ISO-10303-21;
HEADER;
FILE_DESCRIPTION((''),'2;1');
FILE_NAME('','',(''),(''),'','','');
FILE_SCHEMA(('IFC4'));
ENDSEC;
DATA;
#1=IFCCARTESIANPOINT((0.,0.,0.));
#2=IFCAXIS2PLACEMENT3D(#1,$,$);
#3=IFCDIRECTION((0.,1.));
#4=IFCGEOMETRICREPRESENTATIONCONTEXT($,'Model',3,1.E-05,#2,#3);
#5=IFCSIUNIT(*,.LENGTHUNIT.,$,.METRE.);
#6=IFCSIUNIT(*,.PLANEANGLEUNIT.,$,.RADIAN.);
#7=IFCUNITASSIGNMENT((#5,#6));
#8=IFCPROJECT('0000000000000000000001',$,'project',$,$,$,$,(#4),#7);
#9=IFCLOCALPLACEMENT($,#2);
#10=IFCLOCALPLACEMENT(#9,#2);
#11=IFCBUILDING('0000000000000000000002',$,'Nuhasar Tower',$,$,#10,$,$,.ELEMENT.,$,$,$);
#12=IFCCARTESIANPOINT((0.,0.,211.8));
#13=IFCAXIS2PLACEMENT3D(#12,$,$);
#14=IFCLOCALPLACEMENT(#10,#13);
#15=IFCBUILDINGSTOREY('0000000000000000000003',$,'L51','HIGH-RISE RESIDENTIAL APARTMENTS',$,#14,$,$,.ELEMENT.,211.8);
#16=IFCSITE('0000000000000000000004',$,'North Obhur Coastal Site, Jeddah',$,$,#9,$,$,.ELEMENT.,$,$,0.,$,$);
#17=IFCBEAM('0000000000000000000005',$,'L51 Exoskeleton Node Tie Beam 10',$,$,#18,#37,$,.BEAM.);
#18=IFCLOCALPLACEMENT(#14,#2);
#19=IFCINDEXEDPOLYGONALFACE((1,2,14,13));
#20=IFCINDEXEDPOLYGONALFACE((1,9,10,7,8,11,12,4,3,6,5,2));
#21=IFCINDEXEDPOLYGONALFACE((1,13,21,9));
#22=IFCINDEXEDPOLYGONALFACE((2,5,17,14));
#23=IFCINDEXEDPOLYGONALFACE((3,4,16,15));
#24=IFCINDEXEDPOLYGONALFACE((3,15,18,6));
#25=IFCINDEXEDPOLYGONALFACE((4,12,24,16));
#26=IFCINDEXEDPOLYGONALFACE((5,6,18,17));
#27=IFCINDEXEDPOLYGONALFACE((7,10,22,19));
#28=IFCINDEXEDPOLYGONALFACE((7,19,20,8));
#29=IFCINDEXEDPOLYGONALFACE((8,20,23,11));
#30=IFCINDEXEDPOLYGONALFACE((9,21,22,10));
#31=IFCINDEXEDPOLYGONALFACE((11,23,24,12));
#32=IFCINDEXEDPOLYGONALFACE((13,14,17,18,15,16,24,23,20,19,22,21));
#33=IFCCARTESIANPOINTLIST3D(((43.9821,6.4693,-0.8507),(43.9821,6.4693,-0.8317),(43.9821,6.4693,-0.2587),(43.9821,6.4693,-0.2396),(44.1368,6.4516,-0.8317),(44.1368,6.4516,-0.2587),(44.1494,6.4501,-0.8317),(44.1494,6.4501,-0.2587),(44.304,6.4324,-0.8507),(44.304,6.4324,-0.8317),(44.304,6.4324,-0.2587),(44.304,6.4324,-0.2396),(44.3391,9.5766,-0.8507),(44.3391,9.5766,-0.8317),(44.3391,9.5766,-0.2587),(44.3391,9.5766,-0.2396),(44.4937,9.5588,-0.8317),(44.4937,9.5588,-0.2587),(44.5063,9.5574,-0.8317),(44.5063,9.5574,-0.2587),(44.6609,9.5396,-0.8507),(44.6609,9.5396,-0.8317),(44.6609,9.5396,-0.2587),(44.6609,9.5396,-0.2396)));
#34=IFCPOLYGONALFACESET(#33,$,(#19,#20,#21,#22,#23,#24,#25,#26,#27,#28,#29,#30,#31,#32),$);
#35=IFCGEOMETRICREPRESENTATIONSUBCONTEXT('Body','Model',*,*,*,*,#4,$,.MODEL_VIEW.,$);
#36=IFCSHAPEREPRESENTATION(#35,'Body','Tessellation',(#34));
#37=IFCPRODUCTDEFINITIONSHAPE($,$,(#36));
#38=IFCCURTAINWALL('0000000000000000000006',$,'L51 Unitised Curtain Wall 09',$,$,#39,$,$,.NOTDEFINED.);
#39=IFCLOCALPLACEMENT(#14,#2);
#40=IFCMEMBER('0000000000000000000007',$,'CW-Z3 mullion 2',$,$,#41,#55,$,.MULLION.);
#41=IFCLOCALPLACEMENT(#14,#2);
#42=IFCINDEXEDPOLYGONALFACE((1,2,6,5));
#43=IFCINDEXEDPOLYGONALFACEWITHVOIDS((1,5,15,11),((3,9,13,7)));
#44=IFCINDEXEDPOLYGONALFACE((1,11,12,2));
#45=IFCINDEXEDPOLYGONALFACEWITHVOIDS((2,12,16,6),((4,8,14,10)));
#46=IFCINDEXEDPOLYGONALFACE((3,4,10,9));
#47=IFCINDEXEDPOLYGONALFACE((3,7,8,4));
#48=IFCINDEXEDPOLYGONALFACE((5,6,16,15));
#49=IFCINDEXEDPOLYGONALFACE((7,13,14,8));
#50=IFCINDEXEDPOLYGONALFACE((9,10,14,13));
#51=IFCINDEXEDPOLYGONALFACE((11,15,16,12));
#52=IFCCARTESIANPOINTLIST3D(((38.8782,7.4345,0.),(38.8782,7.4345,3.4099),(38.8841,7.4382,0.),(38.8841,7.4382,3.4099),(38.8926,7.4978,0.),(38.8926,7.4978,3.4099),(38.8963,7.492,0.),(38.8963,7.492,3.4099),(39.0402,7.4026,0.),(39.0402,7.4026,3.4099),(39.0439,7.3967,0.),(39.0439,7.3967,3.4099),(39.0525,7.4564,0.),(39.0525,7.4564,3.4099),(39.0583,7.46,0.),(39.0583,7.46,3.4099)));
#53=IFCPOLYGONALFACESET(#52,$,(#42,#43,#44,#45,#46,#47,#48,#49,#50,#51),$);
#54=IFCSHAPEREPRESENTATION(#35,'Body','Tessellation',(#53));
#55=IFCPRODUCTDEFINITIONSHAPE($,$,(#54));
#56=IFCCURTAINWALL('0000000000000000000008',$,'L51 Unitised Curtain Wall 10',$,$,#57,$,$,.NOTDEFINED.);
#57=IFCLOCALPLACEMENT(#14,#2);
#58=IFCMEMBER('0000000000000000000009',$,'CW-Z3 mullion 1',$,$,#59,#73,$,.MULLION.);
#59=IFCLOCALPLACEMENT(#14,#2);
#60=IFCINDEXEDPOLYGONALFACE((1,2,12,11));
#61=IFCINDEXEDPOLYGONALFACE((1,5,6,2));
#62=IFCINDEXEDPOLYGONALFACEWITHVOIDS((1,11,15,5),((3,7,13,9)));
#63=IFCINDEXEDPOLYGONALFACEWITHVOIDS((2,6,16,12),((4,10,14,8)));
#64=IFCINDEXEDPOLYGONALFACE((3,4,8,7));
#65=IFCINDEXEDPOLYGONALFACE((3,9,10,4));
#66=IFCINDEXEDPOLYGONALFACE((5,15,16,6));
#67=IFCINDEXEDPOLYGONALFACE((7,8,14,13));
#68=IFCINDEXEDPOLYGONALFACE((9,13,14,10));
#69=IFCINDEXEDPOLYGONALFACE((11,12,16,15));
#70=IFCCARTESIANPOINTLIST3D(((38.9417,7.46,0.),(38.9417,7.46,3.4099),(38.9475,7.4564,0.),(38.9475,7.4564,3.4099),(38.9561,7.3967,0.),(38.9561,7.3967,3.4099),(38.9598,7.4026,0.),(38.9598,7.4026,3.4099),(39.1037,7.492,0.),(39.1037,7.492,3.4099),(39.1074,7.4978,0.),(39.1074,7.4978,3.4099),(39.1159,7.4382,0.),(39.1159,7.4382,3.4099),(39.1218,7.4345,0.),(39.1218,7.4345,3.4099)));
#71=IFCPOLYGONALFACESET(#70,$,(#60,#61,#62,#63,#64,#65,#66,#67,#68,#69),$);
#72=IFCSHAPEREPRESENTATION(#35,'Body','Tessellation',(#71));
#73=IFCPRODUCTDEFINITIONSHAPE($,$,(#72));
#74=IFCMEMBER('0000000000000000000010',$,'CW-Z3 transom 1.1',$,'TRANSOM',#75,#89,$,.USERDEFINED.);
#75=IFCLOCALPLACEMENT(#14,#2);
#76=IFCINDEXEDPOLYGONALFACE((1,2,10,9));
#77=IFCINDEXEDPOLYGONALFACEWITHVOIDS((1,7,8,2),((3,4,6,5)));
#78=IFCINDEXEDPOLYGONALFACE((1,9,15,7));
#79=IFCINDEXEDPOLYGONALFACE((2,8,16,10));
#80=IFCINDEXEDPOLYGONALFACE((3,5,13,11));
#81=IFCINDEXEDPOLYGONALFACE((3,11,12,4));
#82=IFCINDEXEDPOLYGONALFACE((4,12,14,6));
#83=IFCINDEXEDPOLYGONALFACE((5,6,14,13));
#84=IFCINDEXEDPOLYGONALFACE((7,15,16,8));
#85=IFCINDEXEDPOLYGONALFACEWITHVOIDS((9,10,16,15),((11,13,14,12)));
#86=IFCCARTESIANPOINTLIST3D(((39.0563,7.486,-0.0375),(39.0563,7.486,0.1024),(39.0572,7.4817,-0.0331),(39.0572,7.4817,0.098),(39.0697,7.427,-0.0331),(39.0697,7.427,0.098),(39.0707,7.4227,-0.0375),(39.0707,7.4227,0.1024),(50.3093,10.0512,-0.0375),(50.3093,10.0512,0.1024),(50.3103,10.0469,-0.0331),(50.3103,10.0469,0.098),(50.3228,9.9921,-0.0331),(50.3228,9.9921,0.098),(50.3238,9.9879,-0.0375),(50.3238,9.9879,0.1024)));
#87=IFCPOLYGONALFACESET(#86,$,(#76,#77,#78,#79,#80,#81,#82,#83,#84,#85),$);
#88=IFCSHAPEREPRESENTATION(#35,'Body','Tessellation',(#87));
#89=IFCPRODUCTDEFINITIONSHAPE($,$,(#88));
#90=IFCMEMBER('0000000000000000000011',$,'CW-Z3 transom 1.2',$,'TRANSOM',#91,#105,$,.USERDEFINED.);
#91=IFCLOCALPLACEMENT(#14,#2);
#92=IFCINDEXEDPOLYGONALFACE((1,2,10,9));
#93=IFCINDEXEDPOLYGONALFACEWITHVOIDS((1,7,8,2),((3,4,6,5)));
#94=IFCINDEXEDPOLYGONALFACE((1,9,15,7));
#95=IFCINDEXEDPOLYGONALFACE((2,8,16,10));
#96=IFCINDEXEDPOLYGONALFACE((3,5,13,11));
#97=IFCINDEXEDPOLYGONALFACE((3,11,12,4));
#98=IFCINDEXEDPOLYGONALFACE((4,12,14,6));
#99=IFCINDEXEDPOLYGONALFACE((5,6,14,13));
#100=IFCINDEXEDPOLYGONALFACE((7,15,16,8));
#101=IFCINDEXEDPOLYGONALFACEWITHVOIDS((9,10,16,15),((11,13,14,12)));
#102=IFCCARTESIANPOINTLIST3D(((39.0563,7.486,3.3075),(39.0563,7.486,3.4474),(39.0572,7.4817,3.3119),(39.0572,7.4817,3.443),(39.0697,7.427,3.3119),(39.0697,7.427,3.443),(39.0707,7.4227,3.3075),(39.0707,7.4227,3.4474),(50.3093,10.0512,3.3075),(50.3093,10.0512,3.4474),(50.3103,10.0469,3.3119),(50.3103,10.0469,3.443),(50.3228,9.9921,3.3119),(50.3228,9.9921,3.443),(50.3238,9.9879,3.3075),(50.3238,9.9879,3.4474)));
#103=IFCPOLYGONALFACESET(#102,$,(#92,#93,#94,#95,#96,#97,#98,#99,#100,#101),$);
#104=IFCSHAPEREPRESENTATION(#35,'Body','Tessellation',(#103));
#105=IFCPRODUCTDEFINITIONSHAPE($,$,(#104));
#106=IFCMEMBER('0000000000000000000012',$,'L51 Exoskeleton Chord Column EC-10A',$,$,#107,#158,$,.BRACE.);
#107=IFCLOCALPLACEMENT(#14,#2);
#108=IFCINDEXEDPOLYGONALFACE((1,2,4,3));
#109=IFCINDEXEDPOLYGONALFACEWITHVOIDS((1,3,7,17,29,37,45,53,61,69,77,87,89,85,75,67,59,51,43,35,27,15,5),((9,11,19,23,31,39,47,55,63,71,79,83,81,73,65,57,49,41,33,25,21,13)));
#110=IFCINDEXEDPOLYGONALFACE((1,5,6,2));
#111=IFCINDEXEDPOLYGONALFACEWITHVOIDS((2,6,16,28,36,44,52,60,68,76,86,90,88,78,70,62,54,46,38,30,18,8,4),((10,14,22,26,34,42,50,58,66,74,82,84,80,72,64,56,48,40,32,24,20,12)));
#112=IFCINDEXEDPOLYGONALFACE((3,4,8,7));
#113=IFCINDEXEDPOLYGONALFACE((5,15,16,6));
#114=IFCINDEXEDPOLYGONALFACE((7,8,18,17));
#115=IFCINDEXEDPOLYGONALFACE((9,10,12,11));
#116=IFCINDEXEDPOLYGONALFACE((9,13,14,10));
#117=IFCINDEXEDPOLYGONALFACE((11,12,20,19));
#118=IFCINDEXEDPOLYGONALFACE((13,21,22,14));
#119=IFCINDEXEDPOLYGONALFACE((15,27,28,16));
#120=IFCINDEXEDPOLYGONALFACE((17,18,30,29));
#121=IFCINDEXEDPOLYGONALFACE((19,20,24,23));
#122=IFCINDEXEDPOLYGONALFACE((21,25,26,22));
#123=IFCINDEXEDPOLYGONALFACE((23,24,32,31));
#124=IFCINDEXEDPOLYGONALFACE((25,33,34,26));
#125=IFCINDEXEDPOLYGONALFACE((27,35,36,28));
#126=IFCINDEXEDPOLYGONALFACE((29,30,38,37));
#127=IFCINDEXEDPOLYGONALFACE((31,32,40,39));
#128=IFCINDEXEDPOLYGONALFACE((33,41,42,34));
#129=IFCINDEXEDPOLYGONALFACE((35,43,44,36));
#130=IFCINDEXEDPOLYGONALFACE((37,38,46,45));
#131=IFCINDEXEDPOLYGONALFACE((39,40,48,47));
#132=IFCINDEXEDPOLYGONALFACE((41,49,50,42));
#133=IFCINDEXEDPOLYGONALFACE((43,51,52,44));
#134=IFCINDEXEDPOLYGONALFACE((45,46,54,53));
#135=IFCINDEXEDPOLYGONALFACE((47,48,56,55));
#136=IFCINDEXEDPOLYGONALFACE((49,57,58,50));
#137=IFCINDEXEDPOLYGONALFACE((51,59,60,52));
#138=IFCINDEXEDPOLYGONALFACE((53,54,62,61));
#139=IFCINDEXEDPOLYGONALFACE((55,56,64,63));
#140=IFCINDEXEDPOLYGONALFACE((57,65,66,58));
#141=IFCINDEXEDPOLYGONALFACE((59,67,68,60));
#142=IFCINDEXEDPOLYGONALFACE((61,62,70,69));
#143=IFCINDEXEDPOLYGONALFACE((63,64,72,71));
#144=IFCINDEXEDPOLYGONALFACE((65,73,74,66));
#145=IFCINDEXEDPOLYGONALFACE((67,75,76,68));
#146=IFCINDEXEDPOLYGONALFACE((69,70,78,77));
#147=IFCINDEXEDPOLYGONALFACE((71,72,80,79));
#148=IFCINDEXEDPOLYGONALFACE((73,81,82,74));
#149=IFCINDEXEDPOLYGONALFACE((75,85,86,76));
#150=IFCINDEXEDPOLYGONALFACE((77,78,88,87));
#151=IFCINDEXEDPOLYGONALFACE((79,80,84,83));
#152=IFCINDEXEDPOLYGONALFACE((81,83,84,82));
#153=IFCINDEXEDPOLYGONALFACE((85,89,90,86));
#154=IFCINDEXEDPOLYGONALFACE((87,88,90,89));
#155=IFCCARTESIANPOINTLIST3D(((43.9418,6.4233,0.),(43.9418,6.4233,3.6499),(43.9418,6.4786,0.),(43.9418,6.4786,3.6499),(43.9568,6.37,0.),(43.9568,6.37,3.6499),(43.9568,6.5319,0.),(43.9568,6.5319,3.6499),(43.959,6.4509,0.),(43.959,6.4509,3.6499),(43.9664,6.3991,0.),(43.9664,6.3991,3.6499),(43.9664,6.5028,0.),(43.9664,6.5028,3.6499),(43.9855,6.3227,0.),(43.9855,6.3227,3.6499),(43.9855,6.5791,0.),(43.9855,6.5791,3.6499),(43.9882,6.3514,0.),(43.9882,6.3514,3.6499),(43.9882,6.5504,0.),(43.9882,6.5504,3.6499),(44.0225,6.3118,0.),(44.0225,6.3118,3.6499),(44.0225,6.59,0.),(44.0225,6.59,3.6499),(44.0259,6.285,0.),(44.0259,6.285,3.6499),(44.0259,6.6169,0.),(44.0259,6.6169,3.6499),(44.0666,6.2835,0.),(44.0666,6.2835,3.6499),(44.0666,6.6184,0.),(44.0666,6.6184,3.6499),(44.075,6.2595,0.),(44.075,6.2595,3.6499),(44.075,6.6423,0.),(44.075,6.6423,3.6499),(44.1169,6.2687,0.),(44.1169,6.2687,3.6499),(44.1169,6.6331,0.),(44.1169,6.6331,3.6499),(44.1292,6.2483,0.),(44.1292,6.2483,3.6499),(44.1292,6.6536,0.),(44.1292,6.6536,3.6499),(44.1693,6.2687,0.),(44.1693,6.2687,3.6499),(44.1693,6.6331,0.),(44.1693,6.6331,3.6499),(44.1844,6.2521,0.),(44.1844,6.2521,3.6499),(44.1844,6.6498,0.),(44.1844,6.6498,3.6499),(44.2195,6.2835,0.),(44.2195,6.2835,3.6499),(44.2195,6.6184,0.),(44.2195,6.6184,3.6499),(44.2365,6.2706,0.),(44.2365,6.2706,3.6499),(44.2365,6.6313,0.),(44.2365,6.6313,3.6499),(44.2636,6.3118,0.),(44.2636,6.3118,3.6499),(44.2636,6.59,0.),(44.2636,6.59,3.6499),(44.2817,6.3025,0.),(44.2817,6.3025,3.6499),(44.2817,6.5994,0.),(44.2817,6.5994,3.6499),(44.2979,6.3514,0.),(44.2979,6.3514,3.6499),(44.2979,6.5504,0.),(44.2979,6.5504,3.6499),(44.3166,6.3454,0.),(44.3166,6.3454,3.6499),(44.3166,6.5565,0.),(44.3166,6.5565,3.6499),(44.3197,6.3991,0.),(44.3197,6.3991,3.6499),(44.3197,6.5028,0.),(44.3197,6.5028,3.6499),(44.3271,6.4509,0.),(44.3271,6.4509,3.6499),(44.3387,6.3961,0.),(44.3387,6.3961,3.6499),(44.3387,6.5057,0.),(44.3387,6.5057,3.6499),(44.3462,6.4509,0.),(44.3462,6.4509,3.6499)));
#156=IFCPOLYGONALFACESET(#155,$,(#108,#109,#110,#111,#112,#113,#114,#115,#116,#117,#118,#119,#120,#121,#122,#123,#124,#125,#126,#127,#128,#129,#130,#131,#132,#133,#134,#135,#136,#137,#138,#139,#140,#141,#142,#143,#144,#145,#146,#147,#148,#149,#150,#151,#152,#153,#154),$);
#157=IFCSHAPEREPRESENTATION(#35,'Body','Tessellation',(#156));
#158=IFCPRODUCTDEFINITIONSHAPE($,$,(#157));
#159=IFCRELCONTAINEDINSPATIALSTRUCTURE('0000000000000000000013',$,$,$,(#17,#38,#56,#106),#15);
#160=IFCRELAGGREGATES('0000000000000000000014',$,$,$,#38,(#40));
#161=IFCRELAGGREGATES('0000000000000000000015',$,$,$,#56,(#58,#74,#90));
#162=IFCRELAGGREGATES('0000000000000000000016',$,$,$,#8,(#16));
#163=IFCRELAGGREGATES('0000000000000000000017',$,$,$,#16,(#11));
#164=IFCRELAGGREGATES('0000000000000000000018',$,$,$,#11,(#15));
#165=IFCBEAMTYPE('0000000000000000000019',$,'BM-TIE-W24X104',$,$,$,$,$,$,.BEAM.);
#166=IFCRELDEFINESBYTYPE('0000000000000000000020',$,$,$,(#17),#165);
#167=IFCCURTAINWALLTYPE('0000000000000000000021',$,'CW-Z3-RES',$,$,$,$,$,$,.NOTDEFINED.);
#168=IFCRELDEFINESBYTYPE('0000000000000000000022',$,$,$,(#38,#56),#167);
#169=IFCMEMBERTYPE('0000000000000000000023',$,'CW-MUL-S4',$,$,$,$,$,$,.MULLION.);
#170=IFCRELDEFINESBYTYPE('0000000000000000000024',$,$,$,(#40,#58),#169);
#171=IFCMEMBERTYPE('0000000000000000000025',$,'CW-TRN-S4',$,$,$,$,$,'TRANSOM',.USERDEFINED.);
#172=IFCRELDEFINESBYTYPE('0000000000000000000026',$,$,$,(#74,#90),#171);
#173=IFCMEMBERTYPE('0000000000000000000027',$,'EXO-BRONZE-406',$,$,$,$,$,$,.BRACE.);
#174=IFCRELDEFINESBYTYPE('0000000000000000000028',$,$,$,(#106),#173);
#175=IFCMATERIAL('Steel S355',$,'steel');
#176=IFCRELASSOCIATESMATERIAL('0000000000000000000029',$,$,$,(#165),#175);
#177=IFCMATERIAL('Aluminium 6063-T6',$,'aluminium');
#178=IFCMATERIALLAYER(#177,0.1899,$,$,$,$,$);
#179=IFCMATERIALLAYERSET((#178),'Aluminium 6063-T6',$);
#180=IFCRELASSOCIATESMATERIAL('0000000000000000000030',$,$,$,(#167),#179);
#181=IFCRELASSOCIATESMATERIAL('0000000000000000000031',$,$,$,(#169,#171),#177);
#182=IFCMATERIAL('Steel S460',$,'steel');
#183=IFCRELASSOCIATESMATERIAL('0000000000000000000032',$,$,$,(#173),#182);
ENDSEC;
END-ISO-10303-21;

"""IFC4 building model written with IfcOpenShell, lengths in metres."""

from ifc_helpers import new_model, si_unit, direction, frame, origin, origin_2d, place, context, subcontext, project, spatial, hollow_rectangle, hollow_circle, i_section, extrude, material, layer, layer_set, material_profile, profile_set, type_object, element, aggregate, save


model = new_model("IFC4")

# Units and contexts
model_context = context("Model", 3, precision=1e-05, world=origin(), true_north=direction((0.0, 1.0)))
body_context = subcontext(model_context, "Body", "Model", "MODEL_VIEW")
ifc_project = project(units=[si_unit("LENGTHUNIT", "METRE"), si_unit("PLANEANGLEUNIT", "RADIAN")], contexts=[model_context])

# Site, building, storey
site_placement = place(None, origin())
site = spatial("IfcSite", under=ifc_project, at=site_placement, Name="North Obhur Coastal Site, Jeddah", CompositionType="ELEMENT", RefElevation=0.0)
building_placement = place(site_placement, origin())
building = spatial("IfcBuilding", under=site, at=building_placement, Name="Nuhasar Tower", CompositionType="ELEMENT")
storey_placement = place(building_placement, frame((0.0, 0.0, 211.8)))
storey = spatial("IfcBuildingStorey", under=building, at=storey_placement, Name="L51", Description="HIGH-RISE RESIDENTIAL APARTMENTS", CompositionType="ELEMENT", Elevation=211.8)

# Beam
ifc_material_1 = material(Name="Steel S355", Category="steel")
ifc_material_profile_1 = material_profile(ifc_material_1, i_section(OverallWidth=0.324, OverallDepth=0.6111, WebThickness=0.0127, FlangeThickness=0.019, at=origin_2d()), Name="W24X104")
ifc_profile_set_1 = profile_set([ifc_material_profile_1], Name="Steel S355")
beam_type_1 = type_object("IfcBeamType", Name="BM-TIE-W24X104", PredefinedType="BEAM", material=ifc_profile_set_1)
beam_1_placement = place(storey_placement, frame((44.5, 9.5581, -0.5452), z_axis=(-0.114123, -0.993467, 0.0), x_axis=(0.993467, -0.114123, 0.0)))
element("IfcBeam", 1, at=beam_1_placement, inside=storey, type_object=beam_type_1, Name="L51 Exoskeleton Node Tie Beam 10", PredefinedType="BEAM", context=body_context, shape_type="SweptSolid", body=[
    extrude(i_section(OverallWidth=0.324, OverallDepth=0.6111, WebThickness=0.0127, FlangeThickness=0.019, at=origin_2d()), origin(), (0.0, 0.0, 1.0), 3.1277),
])

# Curtain wall, member
ifc_material_2 = material(Name="Aluminium 6063-T6", Category="aluminium")
ifc_layer_1 = layer(ifc_material_2, 0.1899)
ifc_layer_set_1 = layer_set([ifc_layer_1], Name="Aluminium 6063-T6")
curtain_wall_type = type_object("IfcCurtainWallType", Name="CW-Z3-RES", PredefinedType="NOTDEFINED", material=ifc_layer_set_1)
curtain_wall_1_placement = place(storey_placement, origin())
curtain_wall_1 = element("IfcCurtainWall", 2, at=curtain_wall_1_placement, inside=storey, type_object=curtain_wall_type, Name="L51 Unitised Curtain Wall 09", PredefinedType="NOTDEFINED")
ifc_material_profile_2 = material_profile(ifc_material_2, hollow_rectangle(XDim=0.0649, YDim=0.1699, WallThickness=0.0049, at=origin_2d()), Name="CWM-4")
ifc_profile_set_2 = profile_set([ifc_material_profile_2], Name="Aluminium 6063-T6")
member_type_1 = type_object("IfcMemberType", Name="CW-MUL-S4", PredefinedType="MULLION", material=ifc_profile_set_2)
member_1_placement = place(storey_placement, frame((38.9683, 7.4473, 0.0), z_axis=(0.0, 0.0, 1.0), x_axis=(0.222243, 0.974991, 0.0)))
member_1 = element("IfcMember", 3, at=member_1_placement, type_object=member_type_1, Name="CW-Z3 mullion 2", PredefinedType="MULLION", context=body_context, shape_type="SweptSolid", body=[
    extrude(hollow_rectangle(XDim=0.0649, YDim=0.1699, WallThickness=0.0049, at=origin_2d()), origin(), (0.0, 0.0, 1.0), 3.4099),
])
aggregate(curtain_wall_1, [member_1])

# Curtain wall, members
curtain_wall_2_placement = place(storey_placement, origin())
curtain_wall_2 = element("IfcCurtainWall", 4, at=curtain_wall_2_placement, inside=storey, type_object=curtain_wall_type, Name="L51 Unitised Curtain Wall 10", PredefinedType="NOTDEFINED")
member_2_placement = place(storey_placement, frame((39.0317, 7.4473, 0.0), z_axis=(0.0, 0.0, 1.0), x_axis=(-0.222243, 0.974991, 0.0)))
member_2 = element("IfcMember", 5, at=member_2_placement, type_object=member_type_1, Name="CW-Z3 mullion 1", PredefinedType="MULLION", context=body_context, shape_type="SweptSolid", body=[
    extrude(hollow_rectangle(XDim=0.0649, YDim=0.1699, WallThickness=0.0049, at=origin_2d()), origin(), (0.0, 0.0, 1.0), 3.4099),
])
ifc_material_profile_3 = material_profile(ifc_material_2, hollow_rectangle(XDim=0.0649, YDim=0.1399, WallThickness=0.0044, at=origin_2d()), Name="CWT-4")
ifc_profile_set_3 = profile_set([ifc_material_profile_3], Name="Aluminium 6063-T6")
member_type_2 = type_object("IfcMemberType", Name="CW-TRN-S4", ElementType="TRANSOM", PredefinedType="USERDEFINED", material=ifc_profile_set_3)
member_3_placement = place(storey_placement, frame((39.0635, 7.4543, 0.0325), z_axis=(0.974989, 0.222251, 0.0), x_axis=(-0.222251, 0.974989, 0.0)))
member_3 = element("IfcMember", 6, at=member_3_placement, type_object=member_type_2, Name="CW-Z3 transom 1.1", ObjectType="TRANSOM", PredefinedType="USERDEFINED", context=body_context, shape_type="SweptSolid", body=[
    extrude(hollow_rectangle(XDim=0.0649, YDim=0.1399, WallThickness=0.0044, at=origin_2d()), origin(), (0.0, 0.0, 1.0), 11.5417),
])
member_4_placement = place(storey_placement, frame((39.0635, 7.4543, 3.3774), z_axis=(0.974989, 0.222251, 0.0), x_axis=(-0.222251, 0.974989, 0.0)))
member_4 = element("IfcMember", 7, at=member_4_placement, type_object=member_type_2, Name="CW-Z3 transom 1.2", ObjectType="TRANSOM", PredefinedType="USERDEFINED", context=body_context, shape_type="SweptSolid", body=[
    extrude(hollow_rectangle(XDim=0.0649, YDim=0.1399, WallThickness=0.0044, at=origin_2d()), origin(), (0.0, 0.0, 1.0), 11.5417),
])

# Member
ifc_material_3 = material(Name="Steel S460", Category="steel")
ifc_material_profile_4 = material_profile(ifc_material_3, hollow_circle(Radius=0.2031, WallThickness=0.019, at=origin_2d()), Name="HSS406.4X19.1")
ifc_profile_set_4 = profile_set([ifc_material_profile_4], Name="Steel S460")
member_type_3 = type_object("IfcMemberType", Name="EXO-BRONZE-406", PredefinedType="BRACE", material=ifc_profile_set_4)
member_5_placement = place(storey_placement, frame((44.1431, 6.4509, 0.0), z_axis=(0.0, 0.0, 1.0), x_axis=(1.0, 0.0, 0.0)))
element("IfcMember", 8, at=member_5_placement, inside=storey, type_object=member_type_3, Name="L51 Exoskeleton Chord Column EC-10A", PredefinedType="BRACE", context=body_context, shape_type="SweptSolid", body=[
    extrude(hollow_circle(Radius=0.2031, WallThickness=0.019, at=origin_2d()), origin(), (0.0, 0.0, 1.0), 3.6499),
])

aggregate(curtain_wall_2, [member_2, member_3, member_4])

save(model, "model.ifc")
